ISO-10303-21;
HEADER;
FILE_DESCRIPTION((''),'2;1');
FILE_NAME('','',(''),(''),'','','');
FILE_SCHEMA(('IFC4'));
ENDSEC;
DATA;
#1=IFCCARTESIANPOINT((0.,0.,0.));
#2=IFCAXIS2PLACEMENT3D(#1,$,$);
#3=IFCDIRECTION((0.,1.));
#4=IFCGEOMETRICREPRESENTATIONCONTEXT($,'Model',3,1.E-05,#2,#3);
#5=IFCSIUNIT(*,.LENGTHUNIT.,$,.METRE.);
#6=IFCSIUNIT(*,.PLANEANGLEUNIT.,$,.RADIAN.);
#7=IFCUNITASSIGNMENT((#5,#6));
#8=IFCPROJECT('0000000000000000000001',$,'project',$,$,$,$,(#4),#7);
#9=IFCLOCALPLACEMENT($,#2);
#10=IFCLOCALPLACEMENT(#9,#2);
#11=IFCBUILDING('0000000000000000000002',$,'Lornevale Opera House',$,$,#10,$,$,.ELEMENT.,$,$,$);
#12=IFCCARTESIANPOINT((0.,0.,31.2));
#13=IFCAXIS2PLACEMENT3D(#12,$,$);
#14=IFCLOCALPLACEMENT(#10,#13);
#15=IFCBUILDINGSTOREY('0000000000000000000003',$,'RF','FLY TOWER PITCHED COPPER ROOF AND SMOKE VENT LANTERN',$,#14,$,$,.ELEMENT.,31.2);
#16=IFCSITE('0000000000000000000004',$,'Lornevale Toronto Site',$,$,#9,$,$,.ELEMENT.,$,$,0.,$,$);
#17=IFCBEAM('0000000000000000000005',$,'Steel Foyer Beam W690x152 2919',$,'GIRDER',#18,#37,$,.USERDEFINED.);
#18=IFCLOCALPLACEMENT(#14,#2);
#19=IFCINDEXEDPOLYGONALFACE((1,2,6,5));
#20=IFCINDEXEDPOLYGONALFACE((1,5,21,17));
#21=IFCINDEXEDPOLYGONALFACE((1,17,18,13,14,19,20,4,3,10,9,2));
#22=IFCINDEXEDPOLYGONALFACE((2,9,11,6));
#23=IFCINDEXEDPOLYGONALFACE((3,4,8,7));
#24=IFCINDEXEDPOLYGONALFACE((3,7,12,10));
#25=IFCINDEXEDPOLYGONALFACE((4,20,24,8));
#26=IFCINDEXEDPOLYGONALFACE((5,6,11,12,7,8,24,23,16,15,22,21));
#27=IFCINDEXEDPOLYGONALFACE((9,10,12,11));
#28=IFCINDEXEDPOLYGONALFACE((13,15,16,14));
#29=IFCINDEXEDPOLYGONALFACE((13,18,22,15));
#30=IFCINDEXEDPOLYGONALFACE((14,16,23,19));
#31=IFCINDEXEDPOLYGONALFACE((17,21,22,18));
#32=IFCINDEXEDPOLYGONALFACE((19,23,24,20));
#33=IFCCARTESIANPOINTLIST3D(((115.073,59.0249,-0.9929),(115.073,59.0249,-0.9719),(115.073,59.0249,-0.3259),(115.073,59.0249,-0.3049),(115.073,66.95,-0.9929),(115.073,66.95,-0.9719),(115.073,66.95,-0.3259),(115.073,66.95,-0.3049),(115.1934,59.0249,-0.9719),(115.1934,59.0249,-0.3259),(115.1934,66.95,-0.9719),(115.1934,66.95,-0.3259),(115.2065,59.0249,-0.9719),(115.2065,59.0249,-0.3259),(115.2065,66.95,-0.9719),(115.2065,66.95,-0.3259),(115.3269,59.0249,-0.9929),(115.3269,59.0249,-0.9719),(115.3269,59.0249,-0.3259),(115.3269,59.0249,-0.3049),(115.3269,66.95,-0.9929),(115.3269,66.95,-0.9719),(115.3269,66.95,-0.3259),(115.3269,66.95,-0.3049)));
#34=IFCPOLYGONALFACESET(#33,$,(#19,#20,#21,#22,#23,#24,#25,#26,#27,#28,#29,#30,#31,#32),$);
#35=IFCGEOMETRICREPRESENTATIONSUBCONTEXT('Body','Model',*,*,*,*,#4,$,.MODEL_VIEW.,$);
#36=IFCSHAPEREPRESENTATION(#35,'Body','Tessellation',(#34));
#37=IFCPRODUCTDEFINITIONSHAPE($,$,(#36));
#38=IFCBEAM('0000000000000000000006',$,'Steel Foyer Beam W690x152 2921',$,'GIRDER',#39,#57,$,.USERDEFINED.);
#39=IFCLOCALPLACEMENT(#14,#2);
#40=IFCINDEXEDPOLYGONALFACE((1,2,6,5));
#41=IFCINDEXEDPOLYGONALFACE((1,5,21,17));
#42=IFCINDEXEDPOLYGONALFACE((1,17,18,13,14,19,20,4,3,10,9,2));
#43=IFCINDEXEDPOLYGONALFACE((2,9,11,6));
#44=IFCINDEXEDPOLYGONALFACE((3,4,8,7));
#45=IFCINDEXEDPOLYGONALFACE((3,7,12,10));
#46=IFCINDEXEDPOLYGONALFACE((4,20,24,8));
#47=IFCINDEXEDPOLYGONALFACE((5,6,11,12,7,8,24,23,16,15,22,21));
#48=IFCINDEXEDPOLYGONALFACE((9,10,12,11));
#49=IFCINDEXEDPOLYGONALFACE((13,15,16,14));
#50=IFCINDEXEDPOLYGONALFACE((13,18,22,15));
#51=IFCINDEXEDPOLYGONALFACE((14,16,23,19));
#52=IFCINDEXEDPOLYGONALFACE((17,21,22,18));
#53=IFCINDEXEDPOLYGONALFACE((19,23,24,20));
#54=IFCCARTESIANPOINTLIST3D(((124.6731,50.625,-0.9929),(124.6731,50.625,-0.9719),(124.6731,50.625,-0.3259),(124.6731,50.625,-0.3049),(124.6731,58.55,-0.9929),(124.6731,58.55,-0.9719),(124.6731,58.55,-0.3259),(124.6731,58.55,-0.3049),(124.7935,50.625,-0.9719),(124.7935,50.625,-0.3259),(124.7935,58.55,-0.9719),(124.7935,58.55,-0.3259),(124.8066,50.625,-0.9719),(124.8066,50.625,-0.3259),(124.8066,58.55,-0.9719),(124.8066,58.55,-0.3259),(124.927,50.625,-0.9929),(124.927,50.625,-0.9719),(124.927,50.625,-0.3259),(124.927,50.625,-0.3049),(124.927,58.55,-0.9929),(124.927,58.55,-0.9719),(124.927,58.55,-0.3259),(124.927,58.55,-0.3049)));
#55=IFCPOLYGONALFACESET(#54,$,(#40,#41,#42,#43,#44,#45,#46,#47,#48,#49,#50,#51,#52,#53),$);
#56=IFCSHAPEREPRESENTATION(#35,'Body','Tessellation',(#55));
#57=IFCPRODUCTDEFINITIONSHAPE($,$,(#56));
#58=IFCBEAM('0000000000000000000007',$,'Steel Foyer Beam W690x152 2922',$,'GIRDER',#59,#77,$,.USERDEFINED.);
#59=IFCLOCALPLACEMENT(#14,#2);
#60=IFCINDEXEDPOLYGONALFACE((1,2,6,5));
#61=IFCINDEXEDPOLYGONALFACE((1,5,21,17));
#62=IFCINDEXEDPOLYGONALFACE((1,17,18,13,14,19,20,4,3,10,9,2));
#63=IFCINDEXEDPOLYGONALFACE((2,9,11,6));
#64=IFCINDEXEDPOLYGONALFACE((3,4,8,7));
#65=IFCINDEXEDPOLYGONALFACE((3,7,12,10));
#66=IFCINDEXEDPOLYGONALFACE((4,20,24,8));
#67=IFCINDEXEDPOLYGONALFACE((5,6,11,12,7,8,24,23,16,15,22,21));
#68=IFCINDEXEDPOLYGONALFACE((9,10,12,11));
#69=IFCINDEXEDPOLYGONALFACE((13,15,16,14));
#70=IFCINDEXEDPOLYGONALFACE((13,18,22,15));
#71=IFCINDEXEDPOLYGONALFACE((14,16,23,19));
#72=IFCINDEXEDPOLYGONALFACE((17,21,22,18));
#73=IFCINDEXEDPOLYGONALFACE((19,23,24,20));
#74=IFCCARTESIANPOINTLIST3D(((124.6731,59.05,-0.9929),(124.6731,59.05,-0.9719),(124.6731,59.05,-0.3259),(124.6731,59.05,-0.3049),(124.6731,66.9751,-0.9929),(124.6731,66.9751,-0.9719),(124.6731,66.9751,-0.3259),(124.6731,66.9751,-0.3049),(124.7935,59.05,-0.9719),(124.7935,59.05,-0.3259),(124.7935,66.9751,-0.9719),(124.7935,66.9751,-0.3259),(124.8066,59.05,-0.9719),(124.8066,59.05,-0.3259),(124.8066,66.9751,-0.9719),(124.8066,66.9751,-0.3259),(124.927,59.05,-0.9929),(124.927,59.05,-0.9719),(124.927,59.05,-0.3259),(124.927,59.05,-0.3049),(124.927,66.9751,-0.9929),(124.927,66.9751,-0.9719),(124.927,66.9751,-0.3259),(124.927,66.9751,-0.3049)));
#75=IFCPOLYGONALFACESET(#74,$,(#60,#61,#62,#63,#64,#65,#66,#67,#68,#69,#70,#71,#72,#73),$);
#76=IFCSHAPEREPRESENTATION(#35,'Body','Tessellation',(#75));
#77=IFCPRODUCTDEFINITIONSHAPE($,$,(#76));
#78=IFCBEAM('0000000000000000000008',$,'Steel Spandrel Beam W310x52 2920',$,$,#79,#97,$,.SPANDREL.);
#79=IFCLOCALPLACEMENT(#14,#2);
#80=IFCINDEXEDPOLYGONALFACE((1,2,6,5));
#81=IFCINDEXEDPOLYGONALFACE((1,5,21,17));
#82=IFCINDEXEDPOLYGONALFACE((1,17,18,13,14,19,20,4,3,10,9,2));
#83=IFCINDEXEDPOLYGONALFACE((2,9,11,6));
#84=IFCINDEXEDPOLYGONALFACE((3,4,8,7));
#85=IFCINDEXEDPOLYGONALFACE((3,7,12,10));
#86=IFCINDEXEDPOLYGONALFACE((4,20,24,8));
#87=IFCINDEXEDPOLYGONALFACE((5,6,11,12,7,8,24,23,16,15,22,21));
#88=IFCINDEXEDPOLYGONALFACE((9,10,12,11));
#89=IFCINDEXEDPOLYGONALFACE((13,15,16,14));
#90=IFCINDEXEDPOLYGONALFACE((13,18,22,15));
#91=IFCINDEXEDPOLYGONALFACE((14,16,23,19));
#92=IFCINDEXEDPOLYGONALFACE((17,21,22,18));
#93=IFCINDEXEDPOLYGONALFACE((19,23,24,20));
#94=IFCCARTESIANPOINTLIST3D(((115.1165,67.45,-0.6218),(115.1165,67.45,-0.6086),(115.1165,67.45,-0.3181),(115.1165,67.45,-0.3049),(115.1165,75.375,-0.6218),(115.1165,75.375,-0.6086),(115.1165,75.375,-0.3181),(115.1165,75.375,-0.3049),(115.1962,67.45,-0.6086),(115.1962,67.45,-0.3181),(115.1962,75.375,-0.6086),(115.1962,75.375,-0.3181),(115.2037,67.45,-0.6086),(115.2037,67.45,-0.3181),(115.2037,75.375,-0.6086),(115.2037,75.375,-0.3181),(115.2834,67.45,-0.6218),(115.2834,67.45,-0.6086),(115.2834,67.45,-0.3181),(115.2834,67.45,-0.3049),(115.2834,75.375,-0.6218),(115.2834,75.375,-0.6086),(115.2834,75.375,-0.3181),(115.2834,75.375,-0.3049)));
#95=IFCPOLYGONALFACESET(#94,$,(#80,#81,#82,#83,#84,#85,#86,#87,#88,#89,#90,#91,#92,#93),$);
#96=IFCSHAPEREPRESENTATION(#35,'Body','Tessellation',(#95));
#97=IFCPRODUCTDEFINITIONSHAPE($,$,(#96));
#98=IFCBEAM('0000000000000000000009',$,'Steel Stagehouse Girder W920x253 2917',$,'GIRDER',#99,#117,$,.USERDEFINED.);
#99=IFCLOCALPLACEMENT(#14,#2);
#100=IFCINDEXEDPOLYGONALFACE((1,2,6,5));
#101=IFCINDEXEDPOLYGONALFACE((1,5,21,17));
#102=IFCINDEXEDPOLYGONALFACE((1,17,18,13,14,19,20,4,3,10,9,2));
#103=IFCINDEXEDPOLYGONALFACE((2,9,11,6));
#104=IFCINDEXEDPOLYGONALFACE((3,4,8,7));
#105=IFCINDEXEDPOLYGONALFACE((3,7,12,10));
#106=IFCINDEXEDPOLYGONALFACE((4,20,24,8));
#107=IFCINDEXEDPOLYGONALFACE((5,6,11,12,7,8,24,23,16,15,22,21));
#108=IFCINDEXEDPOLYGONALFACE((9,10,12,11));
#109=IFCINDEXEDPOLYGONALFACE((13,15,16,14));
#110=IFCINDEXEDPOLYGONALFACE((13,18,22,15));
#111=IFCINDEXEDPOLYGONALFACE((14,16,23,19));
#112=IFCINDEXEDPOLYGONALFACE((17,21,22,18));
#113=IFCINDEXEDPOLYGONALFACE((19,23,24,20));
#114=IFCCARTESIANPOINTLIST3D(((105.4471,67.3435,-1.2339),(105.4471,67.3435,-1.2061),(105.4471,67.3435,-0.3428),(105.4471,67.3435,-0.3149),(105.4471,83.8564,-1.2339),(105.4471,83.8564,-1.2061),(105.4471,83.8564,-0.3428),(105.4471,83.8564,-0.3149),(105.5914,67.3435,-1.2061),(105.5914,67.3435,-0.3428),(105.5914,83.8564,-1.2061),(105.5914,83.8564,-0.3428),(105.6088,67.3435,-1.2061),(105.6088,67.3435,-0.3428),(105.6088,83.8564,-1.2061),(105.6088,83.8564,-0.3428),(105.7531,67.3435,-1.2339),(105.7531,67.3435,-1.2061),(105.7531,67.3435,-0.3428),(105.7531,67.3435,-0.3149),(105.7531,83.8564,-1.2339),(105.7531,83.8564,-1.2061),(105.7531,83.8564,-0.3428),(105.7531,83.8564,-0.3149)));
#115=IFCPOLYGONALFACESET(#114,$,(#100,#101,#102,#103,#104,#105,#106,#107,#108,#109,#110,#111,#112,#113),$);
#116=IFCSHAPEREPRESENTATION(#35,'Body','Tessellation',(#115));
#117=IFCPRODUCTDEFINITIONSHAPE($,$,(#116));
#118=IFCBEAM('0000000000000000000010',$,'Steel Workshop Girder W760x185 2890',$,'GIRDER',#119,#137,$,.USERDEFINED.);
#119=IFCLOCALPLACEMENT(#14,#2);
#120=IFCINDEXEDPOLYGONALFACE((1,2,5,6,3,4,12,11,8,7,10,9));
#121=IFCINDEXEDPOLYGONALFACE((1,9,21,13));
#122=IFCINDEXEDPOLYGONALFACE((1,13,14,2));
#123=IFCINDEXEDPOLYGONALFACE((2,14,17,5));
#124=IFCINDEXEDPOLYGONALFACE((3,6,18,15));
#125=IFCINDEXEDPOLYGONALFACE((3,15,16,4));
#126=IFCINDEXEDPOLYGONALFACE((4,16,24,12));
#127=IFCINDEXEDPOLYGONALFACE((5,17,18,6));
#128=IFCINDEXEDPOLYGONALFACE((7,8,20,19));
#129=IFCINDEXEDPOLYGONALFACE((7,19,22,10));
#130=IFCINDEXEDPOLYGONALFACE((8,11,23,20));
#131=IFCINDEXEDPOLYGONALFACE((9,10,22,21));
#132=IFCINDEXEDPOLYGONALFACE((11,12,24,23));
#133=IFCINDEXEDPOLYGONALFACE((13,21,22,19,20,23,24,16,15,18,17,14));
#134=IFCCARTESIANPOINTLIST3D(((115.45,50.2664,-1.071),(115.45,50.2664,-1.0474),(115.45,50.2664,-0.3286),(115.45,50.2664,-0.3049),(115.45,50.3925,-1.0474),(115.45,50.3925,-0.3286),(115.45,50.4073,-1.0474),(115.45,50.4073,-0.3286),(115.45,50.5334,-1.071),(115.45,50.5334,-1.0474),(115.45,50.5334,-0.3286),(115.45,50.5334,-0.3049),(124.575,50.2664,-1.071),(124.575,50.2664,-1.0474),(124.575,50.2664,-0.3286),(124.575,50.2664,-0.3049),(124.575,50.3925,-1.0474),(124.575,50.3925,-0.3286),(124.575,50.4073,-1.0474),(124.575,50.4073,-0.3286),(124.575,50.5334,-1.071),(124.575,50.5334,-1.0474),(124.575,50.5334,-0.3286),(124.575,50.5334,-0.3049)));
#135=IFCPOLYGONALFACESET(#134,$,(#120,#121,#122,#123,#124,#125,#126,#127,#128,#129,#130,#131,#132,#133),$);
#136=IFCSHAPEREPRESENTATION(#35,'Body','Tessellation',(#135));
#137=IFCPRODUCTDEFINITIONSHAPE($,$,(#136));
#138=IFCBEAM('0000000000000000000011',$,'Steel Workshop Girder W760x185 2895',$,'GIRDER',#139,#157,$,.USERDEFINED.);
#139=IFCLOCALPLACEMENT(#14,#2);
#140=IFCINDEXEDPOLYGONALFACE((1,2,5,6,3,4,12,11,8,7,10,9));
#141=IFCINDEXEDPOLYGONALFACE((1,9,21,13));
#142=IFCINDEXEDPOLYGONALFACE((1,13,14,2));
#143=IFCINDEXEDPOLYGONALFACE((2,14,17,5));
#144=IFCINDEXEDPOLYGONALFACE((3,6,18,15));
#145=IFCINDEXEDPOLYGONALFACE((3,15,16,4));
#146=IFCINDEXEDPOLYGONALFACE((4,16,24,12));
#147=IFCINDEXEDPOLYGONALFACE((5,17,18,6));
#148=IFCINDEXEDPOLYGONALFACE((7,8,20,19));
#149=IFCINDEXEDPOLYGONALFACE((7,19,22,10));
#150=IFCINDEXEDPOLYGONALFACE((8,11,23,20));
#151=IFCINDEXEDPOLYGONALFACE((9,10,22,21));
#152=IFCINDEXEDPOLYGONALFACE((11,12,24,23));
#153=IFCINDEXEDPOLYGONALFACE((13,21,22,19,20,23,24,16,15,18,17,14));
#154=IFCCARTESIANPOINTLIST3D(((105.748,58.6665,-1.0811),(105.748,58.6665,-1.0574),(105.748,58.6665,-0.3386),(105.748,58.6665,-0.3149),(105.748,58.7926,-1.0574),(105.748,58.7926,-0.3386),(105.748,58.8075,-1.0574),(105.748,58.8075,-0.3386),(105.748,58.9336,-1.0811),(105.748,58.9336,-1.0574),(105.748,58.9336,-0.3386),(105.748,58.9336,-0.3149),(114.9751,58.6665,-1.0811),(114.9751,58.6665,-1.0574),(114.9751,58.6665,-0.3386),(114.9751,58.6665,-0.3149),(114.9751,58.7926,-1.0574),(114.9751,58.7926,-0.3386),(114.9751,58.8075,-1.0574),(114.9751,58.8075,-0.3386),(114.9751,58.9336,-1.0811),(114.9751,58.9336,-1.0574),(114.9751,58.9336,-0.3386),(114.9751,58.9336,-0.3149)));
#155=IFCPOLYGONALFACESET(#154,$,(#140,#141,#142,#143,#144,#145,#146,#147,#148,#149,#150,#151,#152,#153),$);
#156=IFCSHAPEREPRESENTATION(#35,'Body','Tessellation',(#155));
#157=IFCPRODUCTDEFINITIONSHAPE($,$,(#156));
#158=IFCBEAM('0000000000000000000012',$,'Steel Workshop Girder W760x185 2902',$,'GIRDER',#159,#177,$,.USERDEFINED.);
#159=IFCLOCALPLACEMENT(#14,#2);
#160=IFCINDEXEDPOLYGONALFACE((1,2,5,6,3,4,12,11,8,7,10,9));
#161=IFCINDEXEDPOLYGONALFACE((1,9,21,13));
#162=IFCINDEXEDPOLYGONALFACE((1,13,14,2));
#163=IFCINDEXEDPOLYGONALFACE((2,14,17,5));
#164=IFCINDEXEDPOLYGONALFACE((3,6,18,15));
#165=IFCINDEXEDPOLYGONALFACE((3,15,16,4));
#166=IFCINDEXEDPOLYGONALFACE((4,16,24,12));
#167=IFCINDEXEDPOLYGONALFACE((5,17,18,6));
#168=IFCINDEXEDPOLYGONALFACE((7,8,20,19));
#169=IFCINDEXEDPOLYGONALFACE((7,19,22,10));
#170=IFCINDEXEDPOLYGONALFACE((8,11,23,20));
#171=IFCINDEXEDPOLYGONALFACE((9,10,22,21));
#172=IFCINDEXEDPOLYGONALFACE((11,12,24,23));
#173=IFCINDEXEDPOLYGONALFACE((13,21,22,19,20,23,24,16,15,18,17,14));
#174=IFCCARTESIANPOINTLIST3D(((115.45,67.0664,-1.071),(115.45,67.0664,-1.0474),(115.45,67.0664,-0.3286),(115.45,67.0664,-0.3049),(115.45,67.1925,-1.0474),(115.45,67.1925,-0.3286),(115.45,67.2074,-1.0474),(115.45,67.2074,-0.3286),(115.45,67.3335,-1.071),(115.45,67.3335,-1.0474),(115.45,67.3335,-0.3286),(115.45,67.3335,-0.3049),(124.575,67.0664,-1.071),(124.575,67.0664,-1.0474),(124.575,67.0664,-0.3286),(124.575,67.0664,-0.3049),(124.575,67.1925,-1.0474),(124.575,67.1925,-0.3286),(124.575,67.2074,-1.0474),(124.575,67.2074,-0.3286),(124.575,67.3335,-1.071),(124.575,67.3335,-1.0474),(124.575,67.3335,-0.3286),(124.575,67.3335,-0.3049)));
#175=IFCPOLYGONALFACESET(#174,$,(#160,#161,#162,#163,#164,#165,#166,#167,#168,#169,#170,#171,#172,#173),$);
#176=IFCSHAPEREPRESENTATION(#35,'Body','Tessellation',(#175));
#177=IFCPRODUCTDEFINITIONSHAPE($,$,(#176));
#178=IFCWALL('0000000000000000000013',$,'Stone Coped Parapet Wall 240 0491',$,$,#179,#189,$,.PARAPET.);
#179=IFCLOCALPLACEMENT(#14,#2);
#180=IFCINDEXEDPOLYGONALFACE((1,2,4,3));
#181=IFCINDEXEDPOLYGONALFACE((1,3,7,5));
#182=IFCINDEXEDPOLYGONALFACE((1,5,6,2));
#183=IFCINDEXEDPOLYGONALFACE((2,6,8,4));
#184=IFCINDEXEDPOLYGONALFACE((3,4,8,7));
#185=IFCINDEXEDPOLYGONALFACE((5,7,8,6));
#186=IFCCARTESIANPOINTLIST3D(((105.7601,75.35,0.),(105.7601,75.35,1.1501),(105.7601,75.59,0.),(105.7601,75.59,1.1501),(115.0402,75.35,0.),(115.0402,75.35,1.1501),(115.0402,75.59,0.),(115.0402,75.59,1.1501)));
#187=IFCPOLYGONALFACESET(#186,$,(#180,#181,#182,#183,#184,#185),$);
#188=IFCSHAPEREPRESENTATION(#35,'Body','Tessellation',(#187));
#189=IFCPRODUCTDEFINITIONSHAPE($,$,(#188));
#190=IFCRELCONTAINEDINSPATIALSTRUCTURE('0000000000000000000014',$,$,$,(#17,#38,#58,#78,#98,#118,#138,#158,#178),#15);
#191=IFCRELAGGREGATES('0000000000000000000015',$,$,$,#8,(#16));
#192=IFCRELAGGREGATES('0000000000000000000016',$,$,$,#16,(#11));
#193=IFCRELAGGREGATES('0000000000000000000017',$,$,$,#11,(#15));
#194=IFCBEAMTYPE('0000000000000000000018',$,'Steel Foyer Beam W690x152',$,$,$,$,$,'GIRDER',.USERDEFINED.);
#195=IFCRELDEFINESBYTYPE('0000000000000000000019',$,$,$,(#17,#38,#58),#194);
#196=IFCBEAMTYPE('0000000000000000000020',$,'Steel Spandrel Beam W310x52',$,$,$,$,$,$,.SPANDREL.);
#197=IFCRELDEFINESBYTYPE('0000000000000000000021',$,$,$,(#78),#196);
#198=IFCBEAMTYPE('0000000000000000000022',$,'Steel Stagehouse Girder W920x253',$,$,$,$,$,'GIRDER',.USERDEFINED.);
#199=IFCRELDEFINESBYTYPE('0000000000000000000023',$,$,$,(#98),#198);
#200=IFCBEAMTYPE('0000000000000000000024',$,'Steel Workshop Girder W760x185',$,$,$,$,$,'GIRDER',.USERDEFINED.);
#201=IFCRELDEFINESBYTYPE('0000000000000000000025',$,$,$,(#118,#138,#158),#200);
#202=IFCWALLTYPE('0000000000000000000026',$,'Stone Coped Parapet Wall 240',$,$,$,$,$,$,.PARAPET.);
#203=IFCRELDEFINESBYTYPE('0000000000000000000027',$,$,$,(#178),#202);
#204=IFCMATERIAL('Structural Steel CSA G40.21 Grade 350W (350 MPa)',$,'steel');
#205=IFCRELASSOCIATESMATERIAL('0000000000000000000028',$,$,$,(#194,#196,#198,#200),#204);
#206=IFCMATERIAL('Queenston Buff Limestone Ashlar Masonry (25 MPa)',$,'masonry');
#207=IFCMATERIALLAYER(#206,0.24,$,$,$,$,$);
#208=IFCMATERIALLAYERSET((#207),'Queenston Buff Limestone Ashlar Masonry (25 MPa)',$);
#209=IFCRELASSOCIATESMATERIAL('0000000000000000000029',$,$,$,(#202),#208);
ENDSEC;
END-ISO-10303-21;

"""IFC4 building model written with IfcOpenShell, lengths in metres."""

from ifc_helpers import new_model, si_unit, direction, frame, frame_2d, origin, origin_2d, place, context, subcontext, project, spatial, rectangle, i_section, extrude, material, layer, layer_set, material_profile, profile_set, type_object, element, save


model = new_model("IFC4")

# Units and contexts
model_context = context("Model", 3, precision=1e-05, world=origin(), true_north=direction((0.0, 1.0)))
body_context = subcontext(model_context, "Body", "Model", "MODEL_VIEW")
ifc_project = project(units=[si_unit("LENGTHUNIT", "METRE"), si_unit("PLANEANGLEUNIT", "RADIAN")], contexts=[model_context])

# Site, building, storey
site_placement = place(None, origin())
site = spatial("IfcSite", under=ifc_project, at=site_placement, Name="Lornevale Toronto Site", CompositionType="ELEMENT", RefElevation=0.0)
building_placement = place(site_placement, origin())
building = spatial("IfcBuilding", under=site, at=building_placement, Name="Lornevale Opera House", CompositionType="ELEMENT")
storey_placement = place(building_placement, frame((0.0, 0.0, 31.2)))
storey = spatial("IfcBuildingStorey", under=building, at=storey_placement, Name="RF", Description="FLY TOWER PITCHED COPPER ROOF AND SMOKE VENT LANTERN", CompositionType="ELEMENT", Elevation=31.2)

# Beams
ifc_material_1 = material(Name="Structural Steel CSA G40.21 Grade 350W (350 MPa)", Category="steel")
ifc_material_profile_1 = material_profile(ifc_material_1, i_section(OverallWidth=0.2539, OverallDepth=0.688, WebThickness=0.0132, FlangeThickness=0.021, at=origin_2d()), Name="W690x152")
ifc_profile_set_1 = profile_set([ifc_material_profile_1], Name="Structural Steel CSA G40.21 Grade 350W (350 MPa)")
beam_type_1 = type_object("IfcBeamType", Name="Steel Foyer Beam W690x152", ElementType="GIRDER", PredefinedType="USERDEFINED", material=ifc_profile_set_1)
for number, where, z_axis, x_axis, name in (
    (1, (115.2, 59.0249, -0.6489), (0.0, 1.0, 0.0), (-1.0, 0.0, 0.0), "Steel Foyer Beam W690x152 2919"),
    (2, (124.8, 50.625, -0.6489), (0.0, 1.0, 0.0), (-1.0, 0.0, 0.0), "Steel Foyer Beam W690x152 2921"),
    (3, (124.8, 59.05, -0.6489), (0.0, 1.0, 0.0), (-1.0, 0.0, 0.0), "Steel Foyer Beam W690x152 2922"),
):
    element("IfcBeam", number, at=place(storey_placement, frame(where, z_axis=z_axis, x_axis=x_axis)), inside=storey, type_object=beam_type_1, Name=name, ObjectType="GIRDER", PredefinedType="USERDEFINED", context=body_context, shape_type="SweptSolid", body=[
        extrude(i_section(OverallWidth=0.2539, OverallDepth=0.688, WebThickness=0.0132, FlangeThickness=0.021, at=origin_2d()), origin(), (0.0, 0.0, 1.0), 7.925),
    ])
ifc_material_profile_2 = material_profile(ifc_material_1, i_section(OverallWidth=0.167, OverallDepth=0.3169, WebThickness=0.0076, FlangeThickness=0.0132, at=origin_2d()), Name="W310x52")
ifc_profile_set_2 = profile_set([ifc_material_profile_2], Name="Structural Steel CSA G40.21 Grade 350W (350 MPa)")
beam_type_2 = type_object("IfcBeamType", Name="Steel Spandrel Beam W310x52", PredefinedType="SPANDREL", material=ifc_profile_set_2)
beam_1_placement = place(storey_placement, frame((115.2, 67.45, -0.4634), z_axis=(0.0, 1.0, 0.0), x_axis=(-1.0, 0.0, 0.0)))
element("IfcBeam", 4, at=beam_1_placement, inside=storey, type_object=beam_type_2, Name="Steel Spandrel Beam W310x52 2920", PredefinedType="SPANDREL", context=body_context, shape_type="SweptSolid", body=[
    extrude(i_section(OverallWidth=0.167, OverallDepth=0.3169, WebThickness=0.0076, FlangeThickness=0.0132, at=origin_2d()), origin(), (0.0, 0.0, 1.0), 7.925),
])
ifc_material_profile_3 = material_profile(ifc_material_1, i_section(OverallWidth=0.3059, OverallDepth=0.9189, WebThickness=0.0173, FlangeThickness=0.0278, at=origin_2d()), Name="W920x253")
ifc_profile_set_3 = profile_set([ifc_material_profile_3], Name="Structural Steel CSA G40.21 Grade 350W (350 MPa)")
beam_type_3 = type_object("IfcBeamType", Name="Steel Stagehouse Girder W920x253", ElementType="GIRDER", PredefinedType="USERDEFINED", material=ifc_profile_set_3)
beam_2_placement = place(storey_placement, frame((105.6001, 67.3435, -0.7744), z_axis=(0.0, 1.0, 0.0), x_axis=(-1.0, 0.0, 0.0)))
element("IfcBeam", 5, at=beam_2_placement, inside=storey, type_object=beam_type_3, Name="Steel Stagehouse Girder W920x253 2917", ObjectType="GIRDER", PredefinedType="USERDEFINED", context=body_context, shape_type="SweptSolid", body=[
    extrude(i_section(OverallWidth=0.3059, OverallDepth=0.9189, WebThickness=0.0173, FlangeThickness=0.0278, at=origin_2d()), origin(), (0.0, 0.0, 1.0), 16.5129),
])
ifc_material_profile_4 = material_profile(ifc_material_1, i_section(OverallWidth=0.2671, OverallDepth=0.7661, WebThickness=0.0149, FlangeThickness=0.0237, at=origin_2d()), Name="W760x185")
ifc_profile_set_4 = profile_set([ifc_material_profile_4], Name="Structural Steel CSA G40.21 Grade 350W (350 MPa)")
beam_type_4 = type_object("IfcBeamType", Name="Steel Workshop Girder W760x185", ElementType="GIRDER", PredefinedType="USERDEFINED", material=ifc_profile_set_4)
beam_3_placement = place(storey_placement, frame((115.45, 50.3999, -0.688), z_axis=(1.0, 0.0, 0.0), x_axis=(0.0, 1.0, 0.0)))
element("IfcBeam", 6, at=beam_3_placement, inside=storey, type_object=beam_type_4, Name="Steel Workshop Girder W760x185 2890", ObjectType="GIRDER", PredefinedType="USERDEFINED", context=body_context, shape_type="SweptSolid", body=[
    extrude(i_section(OverallWidth=0.2671, OverallDepth=0.7661, WebThickness=0.0149, FlangeThickness=0.0237, at=origin_2d()), origin(), (0.0, 0.0, 1.0), 9.125),
])
beam_4_placement = place(storey_placement, frame((105.748, 58.8, -0.698), z_axis=(1.0, 0.0, 0.0), x_axis=(0.0, 1.0, 0.0)))
element("IfcBeam", 7, at=beam_4_placement, inside=storey, type_object=beam_type_4, Name="Steel Workshop Girder W760x185 2895", ObjectType="GIRDER", PredefinedType="USERDEFINED", context=body_context, shape_type="SweptSolid", body=[
    extrude(i_section(OverallWidth=0.2671, OverallDepth=0.7661, WebThickness=0.0149, FlangeThickness=0.0237, at=origin_2d()), origin(), (0.0, 0.0, 1.0), 9.2271),
])
beam_5_placement = place(storey_placement, frame((115.45, 67.2, -0.688), z_axis=(1.0, 0.0, 0.0), x_axis=(0.0, 1.0, 0.0)))
element("IfcBeam", 8, at=beam_5_placement, inside=storey, type_object=beam_type_4, Name="Steel Workshop Girder W760x185 2902", ObjectType="GIRDER", PredefinedType="USERDEFINED", context=body_context, shape_type="SweptSolid", body=[
    extrude(i_section(OverallWidth=0.2671, OverallDepth=0.7661, WebThickness=0.0149, FlangeThickness=0.0237, at=origin_2d()), origin(), (0.0, 0.0, 1.0), 9.125),
])

# Wall
ifc_material_2 = material(Name="Queenston Buff Limestone Ashlar Masonry (25 MPa)", Category="masonry")
ifc_layer = layer(ifc_material_2, 0.24)
ifc_layer_set = layer_set([ifc_layer], Name="Queenston Buff Limestone Ashlar Masonry (25 MPa)")
wall_type = type_object("IfcWallType", Name="Stone Coped Parapet Wall 240", PredefinedType="PARAPET", material=ifc_layer_set)
wall_1_placement = place(storey_placement, frame((105.76, 75.47, 0.0), z_axis=(0.0, 0.0, 1.0), x_axis=(1.0, 0.0, 0.0)))
element("IfcWall", 9, at=wall_1_placement, inside=storey, type_object=wall_type, Name="Stone Coped Parapet Wall 240 0491", PredefinedType="PARAPET", context=body_context, shape_type="SweptSolid", body=[
    extrude(rectangle(XDim=9.28, YDim=0.24, at=frame_2d((4.6401, 0.0))), origin(), (0.0, 0.0, 1.0), 1.1501),
])

save(model, "model.ifc")
